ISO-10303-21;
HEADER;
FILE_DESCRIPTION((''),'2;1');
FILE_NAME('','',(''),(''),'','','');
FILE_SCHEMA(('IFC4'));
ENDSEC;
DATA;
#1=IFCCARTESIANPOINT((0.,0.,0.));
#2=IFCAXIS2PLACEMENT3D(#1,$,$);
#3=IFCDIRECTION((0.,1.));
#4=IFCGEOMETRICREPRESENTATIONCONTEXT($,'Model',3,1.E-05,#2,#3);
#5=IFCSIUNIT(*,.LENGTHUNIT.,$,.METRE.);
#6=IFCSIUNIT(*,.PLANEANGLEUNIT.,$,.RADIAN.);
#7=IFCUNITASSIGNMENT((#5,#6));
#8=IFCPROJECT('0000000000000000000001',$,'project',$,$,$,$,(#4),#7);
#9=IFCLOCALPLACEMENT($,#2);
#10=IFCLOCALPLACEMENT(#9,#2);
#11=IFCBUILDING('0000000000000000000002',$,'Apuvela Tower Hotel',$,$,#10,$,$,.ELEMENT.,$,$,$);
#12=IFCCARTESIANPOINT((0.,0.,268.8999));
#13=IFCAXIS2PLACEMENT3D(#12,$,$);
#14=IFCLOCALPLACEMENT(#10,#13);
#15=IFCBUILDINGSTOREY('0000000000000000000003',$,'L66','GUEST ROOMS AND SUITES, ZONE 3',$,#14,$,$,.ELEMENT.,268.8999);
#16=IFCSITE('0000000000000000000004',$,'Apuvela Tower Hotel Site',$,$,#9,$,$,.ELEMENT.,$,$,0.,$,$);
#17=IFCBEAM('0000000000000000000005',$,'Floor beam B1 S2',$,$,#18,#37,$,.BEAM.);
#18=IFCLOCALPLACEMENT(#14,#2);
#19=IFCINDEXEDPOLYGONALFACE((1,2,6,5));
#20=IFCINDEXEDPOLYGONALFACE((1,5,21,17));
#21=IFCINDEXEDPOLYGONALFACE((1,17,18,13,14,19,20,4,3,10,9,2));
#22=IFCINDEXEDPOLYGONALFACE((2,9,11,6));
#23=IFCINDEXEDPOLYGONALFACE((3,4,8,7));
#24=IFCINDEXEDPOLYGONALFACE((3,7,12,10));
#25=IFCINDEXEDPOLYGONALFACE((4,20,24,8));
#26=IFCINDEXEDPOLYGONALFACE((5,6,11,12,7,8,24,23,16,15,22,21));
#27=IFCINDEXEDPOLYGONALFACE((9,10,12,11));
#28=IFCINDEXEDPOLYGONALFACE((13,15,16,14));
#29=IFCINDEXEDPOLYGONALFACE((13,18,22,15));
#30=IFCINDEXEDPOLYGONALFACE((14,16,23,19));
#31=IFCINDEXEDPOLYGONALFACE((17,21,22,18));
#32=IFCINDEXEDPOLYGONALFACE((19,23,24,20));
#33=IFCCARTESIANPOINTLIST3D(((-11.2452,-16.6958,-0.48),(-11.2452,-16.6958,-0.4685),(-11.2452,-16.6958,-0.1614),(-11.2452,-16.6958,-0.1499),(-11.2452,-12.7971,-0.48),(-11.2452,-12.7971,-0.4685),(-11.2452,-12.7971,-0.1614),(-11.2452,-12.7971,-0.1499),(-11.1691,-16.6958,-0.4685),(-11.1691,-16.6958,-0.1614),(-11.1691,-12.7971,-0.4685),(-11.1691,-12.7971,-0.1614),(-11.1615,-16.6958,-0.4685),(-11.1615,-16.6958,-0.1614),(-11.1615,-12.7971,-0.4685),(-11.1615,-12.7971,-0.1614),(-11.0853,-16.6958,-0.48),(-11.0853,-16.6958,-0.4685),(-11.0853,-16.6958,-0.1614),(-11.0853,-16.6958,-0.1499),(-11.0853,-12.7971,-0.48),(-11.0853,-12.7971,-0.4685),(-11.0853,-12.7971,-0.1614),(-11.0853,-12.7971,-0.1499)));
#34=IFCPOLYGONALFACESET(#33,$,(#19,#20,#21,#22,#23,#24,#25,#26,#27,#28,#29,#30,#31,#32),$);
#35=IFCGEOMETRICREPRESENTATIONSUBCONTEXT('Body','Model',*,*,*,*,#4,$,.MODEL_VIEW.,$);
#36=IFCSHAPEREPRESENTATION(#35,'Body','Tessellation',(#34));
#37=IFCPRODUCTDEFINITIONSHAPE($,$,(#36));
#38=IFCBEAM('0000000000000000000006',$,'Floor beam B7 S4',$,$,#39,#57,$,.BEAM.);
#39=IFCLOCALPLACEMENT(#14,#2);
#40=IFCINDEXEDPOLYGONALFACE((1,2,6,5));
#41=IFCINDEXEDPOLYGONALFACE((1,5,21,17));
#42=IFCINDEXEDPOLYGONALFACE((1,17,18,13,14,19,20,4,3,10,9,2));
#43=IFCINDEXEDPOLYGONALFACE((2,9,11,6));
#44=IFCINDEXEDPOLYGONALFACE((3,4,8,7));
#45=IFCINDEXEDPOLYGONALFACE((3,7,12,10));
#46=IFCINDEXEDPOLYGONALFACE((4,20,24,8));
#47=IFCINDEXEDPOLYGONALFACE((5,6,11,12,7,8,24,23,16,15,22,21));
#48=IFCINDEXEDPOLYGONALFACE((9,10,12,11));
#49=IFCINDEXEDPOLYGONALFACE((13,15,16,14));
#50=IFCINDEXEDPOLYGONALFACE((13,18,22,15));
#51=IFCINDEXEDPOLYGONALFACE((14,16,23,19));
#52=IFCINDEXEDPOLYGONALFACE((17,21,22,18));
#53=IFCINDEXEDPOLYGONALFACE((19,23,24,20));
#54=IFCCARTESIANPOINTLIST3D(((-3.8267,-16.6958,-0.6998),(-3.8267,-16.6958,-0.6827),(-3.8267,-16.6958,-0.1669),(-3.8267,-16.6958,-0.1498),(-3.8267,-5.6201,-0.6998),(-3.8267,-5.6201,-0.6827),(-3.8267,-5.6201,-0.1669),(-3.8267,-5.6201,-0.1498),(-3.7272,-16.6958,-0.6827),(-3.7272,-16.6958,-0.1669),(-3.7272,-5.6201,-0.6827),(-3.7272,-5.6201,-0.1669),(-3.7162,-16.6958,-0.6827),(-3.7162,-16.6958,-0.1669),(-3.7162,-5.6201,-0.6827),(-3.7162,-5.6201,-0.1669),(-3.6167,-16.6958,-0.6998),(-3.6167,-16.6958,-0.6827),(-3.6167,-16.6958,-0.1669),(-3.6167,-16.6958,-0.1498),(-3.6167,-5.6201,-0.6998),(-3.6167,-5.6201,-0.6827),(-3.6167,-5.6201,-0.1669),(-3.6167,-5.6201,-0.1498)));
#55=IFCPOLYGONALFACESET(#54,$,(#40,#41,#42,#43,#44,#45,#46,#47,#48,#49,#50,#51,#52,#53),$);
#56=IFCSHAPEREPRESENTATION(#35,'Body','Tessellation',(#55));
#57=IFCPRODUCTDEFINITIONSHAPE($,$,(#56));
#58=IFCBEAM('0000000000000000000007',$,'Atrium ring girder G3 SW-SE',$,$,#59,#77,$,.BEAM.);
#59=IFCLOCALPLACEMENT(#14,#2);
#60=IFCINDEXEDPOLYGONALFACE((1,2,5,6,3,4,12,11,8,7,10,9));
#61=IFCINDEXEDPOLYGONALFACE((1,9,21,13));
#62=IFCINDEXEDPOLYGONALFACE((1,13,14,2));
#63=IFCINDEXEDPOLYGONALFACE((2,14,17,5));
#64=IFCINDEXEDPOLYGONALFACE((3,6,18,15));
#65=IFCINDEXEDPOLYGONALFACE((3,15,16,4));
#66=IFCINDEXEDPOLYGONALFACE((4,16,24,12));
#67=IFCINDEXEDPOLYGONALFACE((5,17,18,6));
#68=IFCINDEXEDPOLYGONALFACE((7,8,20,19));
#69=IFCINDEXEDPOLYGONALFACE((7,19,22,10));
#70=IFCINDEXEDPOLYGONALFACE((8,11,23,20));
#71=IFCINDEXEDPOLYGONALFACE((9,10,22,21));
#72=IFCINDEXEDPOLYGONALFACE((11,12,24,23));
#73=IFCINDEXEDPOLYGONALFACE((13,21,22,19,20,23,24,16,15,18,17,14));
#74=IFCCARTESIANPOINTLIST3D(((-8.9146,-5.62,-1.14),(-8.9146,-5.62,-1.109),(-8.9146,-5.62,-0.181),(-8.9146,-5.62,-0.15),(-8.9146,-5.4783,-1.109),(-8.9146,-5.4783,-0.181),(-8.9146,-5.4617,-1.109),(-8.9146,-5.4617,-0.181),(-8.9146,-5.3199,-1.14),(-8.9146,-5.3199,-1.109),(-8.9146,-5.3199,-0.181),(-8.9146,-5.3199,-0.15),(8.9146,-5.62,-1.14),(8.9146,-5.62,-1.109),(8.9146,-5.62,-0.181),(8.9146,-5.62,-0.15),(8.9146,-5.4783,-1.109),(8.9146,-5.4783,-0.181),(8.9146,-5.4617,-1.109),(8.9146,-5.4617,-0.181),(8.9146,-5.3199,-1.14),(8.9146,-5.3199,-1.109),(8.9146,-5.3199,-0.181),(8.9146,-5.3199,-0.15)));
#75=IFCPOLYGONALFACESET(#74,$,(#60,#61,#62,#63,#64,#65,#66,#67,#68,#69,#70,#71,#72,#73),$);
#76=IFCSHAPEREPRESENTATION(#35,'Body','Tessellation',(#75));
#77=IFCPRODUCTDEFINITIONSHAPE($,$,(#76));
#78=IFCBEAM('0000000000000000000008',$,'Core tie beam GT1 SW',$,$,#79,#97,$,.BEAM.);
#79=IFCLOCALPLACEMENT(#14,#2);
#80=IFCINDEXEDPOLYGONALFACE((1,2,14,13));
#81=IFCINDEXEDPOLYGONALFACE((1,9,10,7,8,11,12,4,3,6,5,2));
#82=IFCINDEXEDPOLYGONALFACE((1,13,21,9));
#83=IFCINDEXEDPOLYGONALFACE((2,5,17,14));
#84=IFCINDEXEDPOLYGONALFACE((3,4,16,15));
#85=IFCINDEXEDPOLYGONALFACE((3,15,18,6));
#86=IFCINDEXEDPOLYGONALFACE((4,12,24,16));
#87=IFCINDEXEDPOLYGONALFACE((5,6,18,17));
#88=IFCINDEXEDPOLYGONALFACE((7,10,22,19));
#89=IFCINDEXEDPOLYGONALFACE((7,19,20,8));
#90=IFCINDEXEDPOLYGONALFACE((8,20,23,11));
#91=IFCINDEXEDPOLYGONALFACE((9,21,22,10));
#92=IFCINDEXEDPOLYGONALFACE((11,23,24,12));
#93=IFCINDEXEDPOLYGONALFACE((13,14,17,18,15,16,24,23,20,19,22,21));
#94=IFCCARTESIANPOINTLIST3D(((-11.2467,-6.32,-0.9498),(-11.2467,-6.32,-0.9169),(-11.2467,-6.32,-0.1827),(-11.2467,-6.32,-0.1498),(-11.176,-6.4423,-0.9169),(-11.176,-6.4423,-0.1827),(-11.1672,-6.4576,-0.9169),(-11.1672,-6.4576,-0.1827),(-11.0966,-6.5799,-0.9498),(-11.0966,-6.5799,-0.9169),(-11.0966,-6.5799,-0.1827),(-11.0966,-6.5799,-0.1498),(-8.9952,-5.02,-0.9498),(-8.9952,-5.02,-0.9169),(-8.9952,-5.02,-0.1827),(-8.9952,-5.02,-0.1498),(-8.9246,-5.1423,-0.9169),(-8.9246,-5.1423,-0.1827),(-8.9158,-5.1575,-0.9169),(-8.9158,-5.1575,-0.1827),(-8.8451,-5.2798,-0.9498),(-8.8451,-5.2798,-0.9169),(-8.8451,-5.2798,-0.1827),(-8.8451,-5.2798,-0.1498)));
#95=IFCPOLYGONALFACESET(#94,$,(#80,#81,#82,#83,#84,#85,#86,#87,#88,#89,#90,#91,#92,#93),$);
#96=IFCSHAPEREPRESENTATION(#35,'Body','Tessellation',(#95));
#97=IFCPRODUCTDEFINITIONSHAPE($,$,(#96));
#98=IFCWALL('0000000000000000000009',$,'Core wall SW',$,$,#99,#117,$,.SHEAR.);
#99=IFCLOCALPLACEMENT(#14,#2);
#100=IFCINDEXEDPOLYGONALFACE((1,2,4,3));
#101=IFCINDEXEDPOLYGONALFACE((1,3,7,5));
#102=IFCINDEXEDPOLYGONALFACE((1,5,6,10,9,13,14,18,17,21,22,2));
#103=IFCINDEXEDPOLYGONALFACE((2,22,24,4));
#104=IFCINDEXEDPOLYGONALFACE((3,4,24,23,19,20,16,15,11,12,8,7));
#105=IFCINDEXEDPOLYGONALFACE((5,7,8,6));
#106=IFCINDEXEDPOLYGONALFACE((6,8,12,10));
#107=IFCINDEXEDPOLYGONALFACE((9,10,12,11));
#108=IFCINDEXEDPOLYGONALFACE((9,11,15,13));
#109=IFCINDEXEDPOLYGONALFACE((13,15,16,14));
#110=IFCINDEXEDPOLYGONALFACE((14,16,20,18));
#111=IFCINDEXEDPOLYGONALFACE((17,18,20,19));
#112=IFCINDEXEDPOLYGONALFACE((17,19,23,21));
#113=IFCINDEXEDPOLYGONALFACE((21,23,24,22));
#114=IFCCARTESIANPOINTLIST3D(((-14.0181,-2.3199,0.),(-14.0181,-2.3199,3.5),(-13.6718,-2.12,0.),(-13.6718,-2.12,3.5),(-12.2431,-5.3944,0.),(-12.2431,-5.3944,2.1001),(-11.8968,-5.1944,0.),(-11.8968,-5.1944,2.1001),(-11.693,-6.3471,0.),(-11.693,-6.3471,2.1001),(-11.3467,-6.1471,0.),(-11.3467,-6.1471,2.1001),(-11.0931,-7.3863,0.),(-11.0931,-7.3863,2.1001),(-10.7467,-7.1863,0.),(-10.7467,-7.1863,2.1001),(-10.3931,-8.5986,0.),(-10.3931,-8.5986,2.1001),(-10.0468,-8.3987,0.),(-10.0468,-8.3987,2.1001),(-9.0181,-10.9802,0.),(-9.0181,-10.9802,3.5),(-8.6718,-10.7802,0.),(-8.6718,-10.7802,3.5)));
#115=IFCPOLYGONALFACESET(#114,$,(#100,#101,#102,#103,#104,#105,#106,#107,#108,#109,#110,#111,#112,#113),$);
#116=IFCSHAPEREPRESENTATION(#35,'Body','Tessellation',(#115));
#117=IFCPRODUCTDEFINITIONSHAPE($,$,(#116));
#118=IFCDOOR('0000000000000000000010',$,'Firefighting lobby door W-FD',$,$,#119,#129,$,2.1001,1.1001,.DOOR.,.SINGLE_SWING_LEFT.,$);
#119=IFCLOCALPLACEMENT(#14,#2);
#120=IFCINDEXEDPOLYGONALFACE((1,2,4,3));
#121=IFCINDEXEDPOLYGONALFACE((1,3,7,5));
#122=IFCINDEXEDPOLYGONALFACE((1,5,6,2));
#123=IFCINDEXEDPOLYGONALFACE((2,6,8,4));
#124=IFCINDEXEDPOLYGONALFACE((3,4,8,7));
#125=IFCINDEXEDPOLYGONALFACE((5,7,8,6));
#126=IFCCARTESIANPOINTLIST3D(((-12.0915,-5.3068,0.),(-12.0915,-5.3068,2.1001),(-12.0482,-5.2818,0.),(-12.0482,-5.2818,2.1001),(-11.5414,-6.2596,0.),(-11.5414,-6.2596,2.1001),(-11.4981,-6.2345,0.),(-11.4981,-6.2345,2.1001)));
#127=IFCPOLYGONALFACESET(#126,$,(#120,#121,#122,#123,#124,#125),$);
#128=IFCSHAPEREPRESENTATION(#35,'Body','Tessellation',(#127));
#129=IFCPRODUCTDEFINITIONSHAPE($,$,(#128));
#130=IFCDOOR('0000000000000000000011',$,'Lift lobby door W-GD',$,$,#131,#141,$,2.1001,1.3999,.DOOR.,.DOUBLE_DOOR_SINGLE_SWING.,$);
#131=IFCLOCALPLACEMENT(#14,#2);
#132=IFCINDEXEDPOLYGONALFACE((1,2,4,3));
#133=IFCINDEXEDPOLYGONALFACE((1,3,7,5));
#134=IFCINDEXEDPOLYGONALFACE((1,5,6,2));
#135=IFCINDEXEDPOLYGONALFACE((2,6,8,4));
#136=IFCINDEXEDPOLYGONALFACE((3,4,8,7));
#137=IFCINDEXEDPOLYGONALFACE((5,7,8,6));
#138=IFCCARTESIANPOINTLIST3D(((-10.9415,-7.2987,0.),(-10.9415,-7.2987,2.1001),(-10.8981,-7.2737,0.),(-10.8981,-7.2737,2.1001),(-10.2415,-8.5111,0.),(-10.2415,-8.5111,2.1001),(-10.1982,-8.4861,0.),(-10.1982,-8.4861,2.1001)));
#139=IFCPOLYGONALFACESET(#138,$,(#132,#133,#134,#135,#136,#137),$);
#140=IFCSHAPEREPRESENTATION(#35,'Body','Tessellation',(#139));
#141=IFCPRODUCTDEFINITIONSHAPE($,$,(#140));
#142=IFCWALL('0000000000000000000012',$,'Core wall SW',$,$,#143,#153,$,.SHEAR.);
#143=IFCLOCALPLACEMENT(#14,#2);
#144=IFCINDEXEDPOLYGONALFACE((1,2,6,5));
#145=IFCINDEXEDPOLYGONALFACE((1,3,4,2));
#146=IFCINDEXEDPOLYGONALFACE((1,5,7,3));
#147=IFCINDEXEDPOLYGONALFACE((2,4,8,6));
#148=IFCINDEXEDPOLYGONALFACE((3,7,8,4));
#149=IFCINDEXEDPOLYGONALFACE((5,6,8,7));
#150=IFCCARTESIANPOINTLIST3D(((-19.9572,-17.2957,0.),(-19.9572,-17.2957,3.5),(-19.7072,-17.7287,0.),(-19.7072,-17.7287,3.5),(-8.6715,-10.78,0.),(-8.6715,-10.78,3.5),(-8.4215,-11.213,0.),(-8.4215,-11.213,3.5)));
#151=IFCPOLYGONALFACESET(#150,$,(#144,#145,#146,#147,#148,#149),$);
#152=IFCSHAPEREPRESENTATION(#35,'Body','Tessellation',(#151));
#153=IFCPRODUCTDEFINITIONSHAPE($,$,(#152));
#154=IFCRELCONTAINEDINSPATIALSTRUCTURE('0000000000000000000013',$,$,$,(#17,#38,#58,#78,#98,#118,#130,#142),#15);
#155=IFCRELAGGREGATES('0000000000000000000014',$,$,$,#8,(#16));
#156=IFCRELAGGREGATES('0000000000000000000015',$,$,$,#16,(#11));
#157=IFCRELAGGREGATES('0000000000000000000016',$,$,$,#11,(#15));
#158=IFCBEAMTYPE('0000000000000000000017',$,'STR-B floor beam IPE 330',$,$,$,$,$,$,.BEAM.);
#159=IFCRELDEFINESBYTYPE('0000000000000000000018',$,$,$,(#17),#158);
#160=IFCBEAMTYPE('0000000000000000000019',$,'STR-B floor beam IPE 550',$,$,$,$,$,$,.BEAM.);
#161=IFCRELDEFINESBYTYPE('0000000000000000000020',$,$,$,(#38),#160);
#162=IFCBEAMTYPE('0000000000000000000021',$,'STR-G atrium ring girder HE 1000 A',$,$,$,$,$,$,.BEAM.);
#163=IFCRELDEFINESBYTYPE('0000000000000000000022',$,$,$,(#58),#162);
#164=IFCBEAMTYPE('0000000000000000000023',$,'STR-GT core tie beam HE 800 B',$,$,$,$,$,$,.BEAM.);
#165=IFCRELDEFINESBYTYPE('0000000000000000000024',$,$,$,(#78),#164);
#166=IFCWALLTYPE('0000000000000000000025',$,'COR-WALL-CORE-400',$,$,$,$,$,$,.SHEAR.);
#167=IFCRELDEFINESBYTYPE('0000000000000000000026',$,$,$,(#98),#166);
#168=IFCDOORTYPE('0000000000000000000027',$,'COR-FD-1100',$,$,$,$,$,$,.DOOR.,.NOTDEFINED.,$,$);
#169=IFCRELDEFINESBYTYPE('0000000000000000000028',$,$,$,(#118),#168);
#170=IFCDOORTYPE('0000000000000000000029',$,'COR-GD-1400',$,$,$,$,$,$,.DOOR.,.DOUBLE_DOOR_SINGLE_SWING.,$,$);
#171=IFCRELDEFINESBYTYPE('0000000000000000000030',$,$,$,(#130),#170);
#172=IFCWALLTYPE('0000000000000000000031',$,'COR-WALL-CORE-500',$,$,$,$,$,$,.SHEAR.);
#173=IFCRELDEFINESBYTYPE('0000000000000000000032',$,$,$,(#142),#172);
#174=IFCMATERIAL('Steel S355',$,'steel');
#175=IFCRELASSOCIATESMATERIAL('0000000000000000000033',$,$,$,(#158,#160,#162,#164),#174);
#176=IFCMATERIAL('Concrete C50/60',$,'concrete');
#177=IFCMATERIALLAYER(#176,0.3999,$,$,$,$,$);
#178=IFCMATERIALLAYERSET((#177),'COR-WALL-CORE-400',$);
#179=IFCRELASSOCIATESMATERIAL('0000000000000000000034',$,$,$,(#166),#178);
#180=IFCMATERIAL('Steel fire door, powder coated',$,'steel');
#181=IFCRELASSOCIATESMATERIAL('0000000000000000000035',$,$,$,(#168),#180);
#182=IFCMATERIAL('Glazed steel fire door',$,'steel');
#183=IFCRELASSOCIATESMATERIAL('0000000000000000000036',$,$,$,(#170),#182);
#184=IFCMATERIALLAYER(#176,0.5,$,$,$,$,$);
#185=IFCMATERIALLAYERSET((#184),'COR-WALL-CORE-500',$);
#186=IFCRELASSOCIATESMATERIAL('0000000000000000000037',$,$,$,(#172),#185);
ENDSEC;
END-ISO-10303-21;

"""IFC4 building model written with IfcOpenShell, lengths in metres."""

from ifc_helpers import new_model, si_unit, direction, frame, frame_2d, origin, origin_2d, place, context, subcontext, project, spatial, rectangle, i_section, extrude, material, layer, layer_set, material_profile, profile_set, type_object, element, fill, save


model = new_model("IFC4")

# Units and contexts
model_context = context("Model", 3, precision=1e-05, world=origin(), true_north=direction((0.0, 1.0)))
body_context = subcontext(model_context, "Body", "Model", "MODEL_VIEW")
ifc_project = project(units=[si_unit("LENGTHUNIT", "METRE"), si_unit("PLANEANGLEUNIT", "RADIAN")], contexts=[model_context])

# Site, building, storey
site_placement = place(None, origin())
site = spatial("IfcSite", under=ifc_project, at=site_placement, Name="Apuvela Tower Hotel Site", CompositionType="ELEMENT", RefElevation=0.0)
building_placement = place(site_placement, origin())
building = spatial("IfcBuilding", under=site, at=building_placement, Name="Apuvela Tower Hotel", CompositionType="ELEMENT")
storey_placement = place(building_placement, frame((0.0, 0.0, 268.8999)))
storey = spatial("IfcBuildingStorey", under=building, at=storey_placement, Name="L66", Description="GUEST ROOMS AND SUITES, ZONE 3", CompositionType="ELEMENT", Elevation=268.8999)

# Beams
ifc_material_1 = material(Name="Steel S355", Category="steel")
ifc_material_profile_1 = material_profile(ifc_material_1, i_section(OverallWidth=0.1599, OverallDepth=0.3301, WebThickness=0.0076, FlangeThickness=0.0115, at=origin_2d()), Name="IPE 330")
ifc_profile_set_1 = profile_set([ifc_material_profile_1], Name="Steel S355")
beam_type_1 = type_object("IfcBeamType", Name="STR-B floor beam IPE 330", PredefinedType="BEAM", material=ifc_profile_set_1)
beam_1_placement = place(storey_placement, frame((-11.1653, -16.6958, -0.3149), z_axis=(0.0, 1.0, 0.0), x_axis=(-1.0, 0.0, 0.0)))
element("IfcBeam", 1, at=beam_1_placement, inside=storey, type_object=beam_type_1, Name="Floor beam B1 S2", PredefinedType="BEAM", context=body_context, shape_type="SweptSolid", body=[
    extrude(i_section(OverallWidth=0.1599, OverallDepth=0.3301, WebThickness=0.0076, FlangeThickness=0.0115, at=origin_2d()), origin(), (0.0, 0.0, 1.0), 3.8987),
])
ifc_material_profile_2 = material_profile(ifc_material_1, i_section(OverallWidth=0.21, OverallDepth=0.55, WebThickness=0.011, FlangeThickness=0.0171, at=origin_2d()), Name="IPE 550")
ifc_profile_set_2 = profile_set([ifc_material_profile_2], Name="Steel S355")
beam_type_2 = type_object("IfcBeamType", Name="STR-B floor beam IPE 550", PredefinedType="BEAM", material=ifc_profile_set_2)
beam_2_placement = place(storey_placement, frame((-3.7217, -16.6958, -0.4248), z_axis=(0.0, 1.0, 0.0), x_axis=(-1.0, 0.0, 0.0)))
element("IfcBeam", 2, at=beam_2_placement, inside=storey, type_object=beam_type_2, Name="Floor beam B7 S4", PredefinedType="BEAM", context=body_context, shape_type="SweptSolid", body=[
    extrude(i_section(OverallWidth=0.21, OverallDepth=0.55, WebThickness=0.011, FlangeThickness=0.0171, at=origin_2d()), origin(), (0.0, 0.0, 1.0), 11.0757),
])
ifc_material_profile_3 = material_profile(ifc_material_1, i_section(OverallWidth=0.3, OverallDepth=0.99, WebThickness=0.0166, FlangeThickness=0.031, at=origin_2d()), Name="HE 1000 A")
ifc_profile_set_3 = profile_set([ifc_material_profile_3], Name="Steel S355")
beam_type_3 = type_object("IfcBeamType", Name="STR-G atrium ring girder HE 1000 A", PredefinedType="BEAM", material=ifc_profile_set_3)
beam_3_placement = place(storey_placement, frame((-8.9146, -5.47, -0.645), z_axis=(1.0, 0.0, 0.0), x_axis=(0.0, 1.0, 0.0)))
element("IfcBeam", 3, at=beam_3_placement, inside=storey, type_object=beam_type_3, Name="Atrium ring girder G3 SW-SE", PredefinedType="BEAM", context=body_context, shape_type="SweptSolid", body=[
    extrude(i_section(OverallWidth=0.3, OverallDepth=0.99, WebThickness=0.0166, FlangeThickness=0.031, at=origin_2d()), origin(), (0.0, 0.0, 1.0), 17.8291),
])
ifc_material_profile_4 = material_profile(ifc_material_1, i_section(OverallWidth=0.3, OverallDepth=0.8, WebThickness=0.0176, FlangeThickness=0.033, at=origin_2d()), Name="HE 800 B")
ifc_profile_set_4 = profile_set([ifc_material_profile_4], Name="Steel S355")
beam_type_4 = type_object("IfcBeamType", Name="STR-GT core tie beam HE 800 B", PredefinedType="BEAM", material=ifc_profile_set_4)
beam_4_placement = place(storey_placement, frame((-11.1716, -6.45, -0.5498), z_axis=(0.865998, 0.500048, 0.0), x_axis=(-0.500048, 0.865998, 0.0)))
element("IfcBeam", 4, at=beam_4_placement, inside=storey, type_object=beam_type_4, Name="Core tie beam GT1 SW", PredefinedType="BEAM", context=body_context, shape_type="SweptSolid", body=[
    extrude(i_section(OverallWidth=0.3, OverallDepth=0.8, WebThickness=0.0176, FlangeThickness=0.033, at=origin_2d()), origin(), (0.0, 0.0, 1.0), 2.5999),
])

# Wall, openings, doors
ifc_material_2 = material(Name="Concrete C50/60", Category="concrete")
ifc_layer_1 = layer(ifc_material_2, 0.3999)
ifc_layer_set_1 = layer_set([ifc_layer_1], Name="COR-WALL-CORE-400")
wall_type_1 = type_object("IfcWallType", Name="COR-WALL-CORE-400", PredefinedType="SHEAR", material=ifc_layer_set_1)
wall_1_placement = place(storey_placement, frame((-13.845, -2.22, 0.0), z_axis=(0.0, 0.0, 1.0), x_axis=(0.500004, -0.866023, 0.0)))
wall_1 = element("IfcWall", 5, at=wall_1_placement, inside=storey, type_object=wall_type_1, Name="Core wall SW", PredefinedType="SHEAR", context=body_context, shape_type="SweptSolid", body=[
    extrude(rectangle(XDim=10.0, YDim=0.3999, at=frame_2d((5.0, 0.0))), origin(), (0.0, 0.0, 1.0), 3.5),
])
opening_1_placement = place(wall_1_placement, frame((3.55, 0.0, 0.0)))
opening_1 = element("IfcOpeningElement", 6, at=opening_1_placement, cuts=wall_1, PredefinedType="OPENING", context=body_context, shape_type="SweptSolid", body=[
    extrude(rectangle(XDim=1.1001, YDim=2.1001, at=frame_2d((0.55, 1.05))), frame((0.0, 0.21, 0.0), z_axis=(0.0, -1.0, 0.0), x_axis=(1.0, 0.0, 0.0)), (0.0, 0.0, 1.0), 0.4199),
])
opening_2_placement = place(wall_1_placement, frame((5.8501, 0.0, 0.0)))
opening_2 = element("IfcOpeningElement", 7, at=opening_2_placement, cuts=wall_1, PredefinedType="OPENING", context=body_context, shape_type="SweptSolid", body=[
    extrude(rectangle(XDim=1.3999, YDim=2.1001, at=frame_2d((0.7, 1.05))), frame((0.0, 0.21, 0.0), z_axis=(0.0, -1.0, 0.0), x_axis=(1.0, 0.0, 0.0)), (0.0, 0.0, 1.0), 0.4199),
])
ifc_material_3 = material(Name="Steel fire door, powder coated", Category="steel")
door_type_1 = type_object("IfcDoorType", Name="COR-FD-1100", OperationType="NOTDEFINED", PredefinedType="DOOR", material=ifc_material_3)
door_1_placement = place(opening_1_placement, frame((1.1001, 0.0, 0.0), z_axis=(0.0, 0.0, 1.0), x_axis=(-1.0, 0.0, 0.0)))
door_1 = element("IfcDoor", 8, at=door_1_placement, inside=storey, type_object=door_type_1, Name="Firefighting lobby door W-FD", OperationType="SINGLE_SWING_LEFT", OverallHeight=2.1001, OverallWidth=1.1001, PredefinedType="DOOR", context=body_context, shape_type="SweptSolid", body=[
    extrude(rectangle(XDim=1.1001, YDim=2.1001, at=frame_2d((0.55, 1.05))), frame((0.0, 0.0249, 0.0), z_axis=(0.0, -1.0, 0.0), x_axis=(1.0, 0.0, 0.0)), (0.0, 0.0, 1.0), 0.05),
])
fill(opening_1, door_1)
ifc_material_4 = material(Name="Glazed steel fire door", Category="steel")
door_type_2 = type_object("IfcDoorType", Name="COR-GD-1400", OperationType="DOUBLE_DOOR_SINGLE_SWING", PredefinedType="DOOR", material=ifc_material_4)
door_2_placement = place(opening_2_placement, frame((1.3999, 0.0, 0.0), z_axis=(0.0, 0.0, 1.0), x_axis=(-1.0, 0.0, 0.0)))
door_2 = element("IfcDoor", 9, at=door_2_placement, inside=storey, type_object=door_type_2, Name="Lift lobby door W-GD", OperationType="DOUBLE_DOOR_SINGLE_SWING", OverallHeight=2.1001, OverallWidth=1.3999, PredefinedType="DOOR", context=body_context, shape_type="SweptSolid", body=[
    extrude(rectangle(XDim=1.3999, YDim=2.1001, at=frame_2d((0.7, 1.05))), frame((0.0, 0.0249, 0.0), z_axis=(0.0, -1.0, 0.0), x_axis=(1.0, 0.0, 0.0)), (0.0, 0.0, 1.0), 0.05),
])
fill(opening_2, door_2)

# Wall
ifc_layer_2 = layer(ifc_material_2, 0.5)
ifc_layer_set_2 = layer_set([ifc_layer_2], Name="COR-WALL-CORE-500")
wall_type_2 = type_object("IfcWallType", Name="COR-WALL-CORE-500", PredefinedType="SHEAR", material=ifc_layer_set_2)
wall_2_placement = place(storey_placement, frame((-8.5466, -10.9966, 0.0), z_axis=(0.0, 0.0, 1.0), x_axis=(-0.86603, -0.499992, 0.0)))
element("IfcWall", 10, at=wall_2_placement, inside=storey, type_object=wall_type_2, Name="Core wall SW", PredefinedType="SHEAR", context=body_context, shape_type="SweptSolid", body=[
    extrude(rectangle(XDim=13.0315, YDim=0.5, at=frame_2d((6.5156, 0.0))), origin(), (0.0, 0.0, 1.0), 3.5),
])

save(model, "model.ifc")
